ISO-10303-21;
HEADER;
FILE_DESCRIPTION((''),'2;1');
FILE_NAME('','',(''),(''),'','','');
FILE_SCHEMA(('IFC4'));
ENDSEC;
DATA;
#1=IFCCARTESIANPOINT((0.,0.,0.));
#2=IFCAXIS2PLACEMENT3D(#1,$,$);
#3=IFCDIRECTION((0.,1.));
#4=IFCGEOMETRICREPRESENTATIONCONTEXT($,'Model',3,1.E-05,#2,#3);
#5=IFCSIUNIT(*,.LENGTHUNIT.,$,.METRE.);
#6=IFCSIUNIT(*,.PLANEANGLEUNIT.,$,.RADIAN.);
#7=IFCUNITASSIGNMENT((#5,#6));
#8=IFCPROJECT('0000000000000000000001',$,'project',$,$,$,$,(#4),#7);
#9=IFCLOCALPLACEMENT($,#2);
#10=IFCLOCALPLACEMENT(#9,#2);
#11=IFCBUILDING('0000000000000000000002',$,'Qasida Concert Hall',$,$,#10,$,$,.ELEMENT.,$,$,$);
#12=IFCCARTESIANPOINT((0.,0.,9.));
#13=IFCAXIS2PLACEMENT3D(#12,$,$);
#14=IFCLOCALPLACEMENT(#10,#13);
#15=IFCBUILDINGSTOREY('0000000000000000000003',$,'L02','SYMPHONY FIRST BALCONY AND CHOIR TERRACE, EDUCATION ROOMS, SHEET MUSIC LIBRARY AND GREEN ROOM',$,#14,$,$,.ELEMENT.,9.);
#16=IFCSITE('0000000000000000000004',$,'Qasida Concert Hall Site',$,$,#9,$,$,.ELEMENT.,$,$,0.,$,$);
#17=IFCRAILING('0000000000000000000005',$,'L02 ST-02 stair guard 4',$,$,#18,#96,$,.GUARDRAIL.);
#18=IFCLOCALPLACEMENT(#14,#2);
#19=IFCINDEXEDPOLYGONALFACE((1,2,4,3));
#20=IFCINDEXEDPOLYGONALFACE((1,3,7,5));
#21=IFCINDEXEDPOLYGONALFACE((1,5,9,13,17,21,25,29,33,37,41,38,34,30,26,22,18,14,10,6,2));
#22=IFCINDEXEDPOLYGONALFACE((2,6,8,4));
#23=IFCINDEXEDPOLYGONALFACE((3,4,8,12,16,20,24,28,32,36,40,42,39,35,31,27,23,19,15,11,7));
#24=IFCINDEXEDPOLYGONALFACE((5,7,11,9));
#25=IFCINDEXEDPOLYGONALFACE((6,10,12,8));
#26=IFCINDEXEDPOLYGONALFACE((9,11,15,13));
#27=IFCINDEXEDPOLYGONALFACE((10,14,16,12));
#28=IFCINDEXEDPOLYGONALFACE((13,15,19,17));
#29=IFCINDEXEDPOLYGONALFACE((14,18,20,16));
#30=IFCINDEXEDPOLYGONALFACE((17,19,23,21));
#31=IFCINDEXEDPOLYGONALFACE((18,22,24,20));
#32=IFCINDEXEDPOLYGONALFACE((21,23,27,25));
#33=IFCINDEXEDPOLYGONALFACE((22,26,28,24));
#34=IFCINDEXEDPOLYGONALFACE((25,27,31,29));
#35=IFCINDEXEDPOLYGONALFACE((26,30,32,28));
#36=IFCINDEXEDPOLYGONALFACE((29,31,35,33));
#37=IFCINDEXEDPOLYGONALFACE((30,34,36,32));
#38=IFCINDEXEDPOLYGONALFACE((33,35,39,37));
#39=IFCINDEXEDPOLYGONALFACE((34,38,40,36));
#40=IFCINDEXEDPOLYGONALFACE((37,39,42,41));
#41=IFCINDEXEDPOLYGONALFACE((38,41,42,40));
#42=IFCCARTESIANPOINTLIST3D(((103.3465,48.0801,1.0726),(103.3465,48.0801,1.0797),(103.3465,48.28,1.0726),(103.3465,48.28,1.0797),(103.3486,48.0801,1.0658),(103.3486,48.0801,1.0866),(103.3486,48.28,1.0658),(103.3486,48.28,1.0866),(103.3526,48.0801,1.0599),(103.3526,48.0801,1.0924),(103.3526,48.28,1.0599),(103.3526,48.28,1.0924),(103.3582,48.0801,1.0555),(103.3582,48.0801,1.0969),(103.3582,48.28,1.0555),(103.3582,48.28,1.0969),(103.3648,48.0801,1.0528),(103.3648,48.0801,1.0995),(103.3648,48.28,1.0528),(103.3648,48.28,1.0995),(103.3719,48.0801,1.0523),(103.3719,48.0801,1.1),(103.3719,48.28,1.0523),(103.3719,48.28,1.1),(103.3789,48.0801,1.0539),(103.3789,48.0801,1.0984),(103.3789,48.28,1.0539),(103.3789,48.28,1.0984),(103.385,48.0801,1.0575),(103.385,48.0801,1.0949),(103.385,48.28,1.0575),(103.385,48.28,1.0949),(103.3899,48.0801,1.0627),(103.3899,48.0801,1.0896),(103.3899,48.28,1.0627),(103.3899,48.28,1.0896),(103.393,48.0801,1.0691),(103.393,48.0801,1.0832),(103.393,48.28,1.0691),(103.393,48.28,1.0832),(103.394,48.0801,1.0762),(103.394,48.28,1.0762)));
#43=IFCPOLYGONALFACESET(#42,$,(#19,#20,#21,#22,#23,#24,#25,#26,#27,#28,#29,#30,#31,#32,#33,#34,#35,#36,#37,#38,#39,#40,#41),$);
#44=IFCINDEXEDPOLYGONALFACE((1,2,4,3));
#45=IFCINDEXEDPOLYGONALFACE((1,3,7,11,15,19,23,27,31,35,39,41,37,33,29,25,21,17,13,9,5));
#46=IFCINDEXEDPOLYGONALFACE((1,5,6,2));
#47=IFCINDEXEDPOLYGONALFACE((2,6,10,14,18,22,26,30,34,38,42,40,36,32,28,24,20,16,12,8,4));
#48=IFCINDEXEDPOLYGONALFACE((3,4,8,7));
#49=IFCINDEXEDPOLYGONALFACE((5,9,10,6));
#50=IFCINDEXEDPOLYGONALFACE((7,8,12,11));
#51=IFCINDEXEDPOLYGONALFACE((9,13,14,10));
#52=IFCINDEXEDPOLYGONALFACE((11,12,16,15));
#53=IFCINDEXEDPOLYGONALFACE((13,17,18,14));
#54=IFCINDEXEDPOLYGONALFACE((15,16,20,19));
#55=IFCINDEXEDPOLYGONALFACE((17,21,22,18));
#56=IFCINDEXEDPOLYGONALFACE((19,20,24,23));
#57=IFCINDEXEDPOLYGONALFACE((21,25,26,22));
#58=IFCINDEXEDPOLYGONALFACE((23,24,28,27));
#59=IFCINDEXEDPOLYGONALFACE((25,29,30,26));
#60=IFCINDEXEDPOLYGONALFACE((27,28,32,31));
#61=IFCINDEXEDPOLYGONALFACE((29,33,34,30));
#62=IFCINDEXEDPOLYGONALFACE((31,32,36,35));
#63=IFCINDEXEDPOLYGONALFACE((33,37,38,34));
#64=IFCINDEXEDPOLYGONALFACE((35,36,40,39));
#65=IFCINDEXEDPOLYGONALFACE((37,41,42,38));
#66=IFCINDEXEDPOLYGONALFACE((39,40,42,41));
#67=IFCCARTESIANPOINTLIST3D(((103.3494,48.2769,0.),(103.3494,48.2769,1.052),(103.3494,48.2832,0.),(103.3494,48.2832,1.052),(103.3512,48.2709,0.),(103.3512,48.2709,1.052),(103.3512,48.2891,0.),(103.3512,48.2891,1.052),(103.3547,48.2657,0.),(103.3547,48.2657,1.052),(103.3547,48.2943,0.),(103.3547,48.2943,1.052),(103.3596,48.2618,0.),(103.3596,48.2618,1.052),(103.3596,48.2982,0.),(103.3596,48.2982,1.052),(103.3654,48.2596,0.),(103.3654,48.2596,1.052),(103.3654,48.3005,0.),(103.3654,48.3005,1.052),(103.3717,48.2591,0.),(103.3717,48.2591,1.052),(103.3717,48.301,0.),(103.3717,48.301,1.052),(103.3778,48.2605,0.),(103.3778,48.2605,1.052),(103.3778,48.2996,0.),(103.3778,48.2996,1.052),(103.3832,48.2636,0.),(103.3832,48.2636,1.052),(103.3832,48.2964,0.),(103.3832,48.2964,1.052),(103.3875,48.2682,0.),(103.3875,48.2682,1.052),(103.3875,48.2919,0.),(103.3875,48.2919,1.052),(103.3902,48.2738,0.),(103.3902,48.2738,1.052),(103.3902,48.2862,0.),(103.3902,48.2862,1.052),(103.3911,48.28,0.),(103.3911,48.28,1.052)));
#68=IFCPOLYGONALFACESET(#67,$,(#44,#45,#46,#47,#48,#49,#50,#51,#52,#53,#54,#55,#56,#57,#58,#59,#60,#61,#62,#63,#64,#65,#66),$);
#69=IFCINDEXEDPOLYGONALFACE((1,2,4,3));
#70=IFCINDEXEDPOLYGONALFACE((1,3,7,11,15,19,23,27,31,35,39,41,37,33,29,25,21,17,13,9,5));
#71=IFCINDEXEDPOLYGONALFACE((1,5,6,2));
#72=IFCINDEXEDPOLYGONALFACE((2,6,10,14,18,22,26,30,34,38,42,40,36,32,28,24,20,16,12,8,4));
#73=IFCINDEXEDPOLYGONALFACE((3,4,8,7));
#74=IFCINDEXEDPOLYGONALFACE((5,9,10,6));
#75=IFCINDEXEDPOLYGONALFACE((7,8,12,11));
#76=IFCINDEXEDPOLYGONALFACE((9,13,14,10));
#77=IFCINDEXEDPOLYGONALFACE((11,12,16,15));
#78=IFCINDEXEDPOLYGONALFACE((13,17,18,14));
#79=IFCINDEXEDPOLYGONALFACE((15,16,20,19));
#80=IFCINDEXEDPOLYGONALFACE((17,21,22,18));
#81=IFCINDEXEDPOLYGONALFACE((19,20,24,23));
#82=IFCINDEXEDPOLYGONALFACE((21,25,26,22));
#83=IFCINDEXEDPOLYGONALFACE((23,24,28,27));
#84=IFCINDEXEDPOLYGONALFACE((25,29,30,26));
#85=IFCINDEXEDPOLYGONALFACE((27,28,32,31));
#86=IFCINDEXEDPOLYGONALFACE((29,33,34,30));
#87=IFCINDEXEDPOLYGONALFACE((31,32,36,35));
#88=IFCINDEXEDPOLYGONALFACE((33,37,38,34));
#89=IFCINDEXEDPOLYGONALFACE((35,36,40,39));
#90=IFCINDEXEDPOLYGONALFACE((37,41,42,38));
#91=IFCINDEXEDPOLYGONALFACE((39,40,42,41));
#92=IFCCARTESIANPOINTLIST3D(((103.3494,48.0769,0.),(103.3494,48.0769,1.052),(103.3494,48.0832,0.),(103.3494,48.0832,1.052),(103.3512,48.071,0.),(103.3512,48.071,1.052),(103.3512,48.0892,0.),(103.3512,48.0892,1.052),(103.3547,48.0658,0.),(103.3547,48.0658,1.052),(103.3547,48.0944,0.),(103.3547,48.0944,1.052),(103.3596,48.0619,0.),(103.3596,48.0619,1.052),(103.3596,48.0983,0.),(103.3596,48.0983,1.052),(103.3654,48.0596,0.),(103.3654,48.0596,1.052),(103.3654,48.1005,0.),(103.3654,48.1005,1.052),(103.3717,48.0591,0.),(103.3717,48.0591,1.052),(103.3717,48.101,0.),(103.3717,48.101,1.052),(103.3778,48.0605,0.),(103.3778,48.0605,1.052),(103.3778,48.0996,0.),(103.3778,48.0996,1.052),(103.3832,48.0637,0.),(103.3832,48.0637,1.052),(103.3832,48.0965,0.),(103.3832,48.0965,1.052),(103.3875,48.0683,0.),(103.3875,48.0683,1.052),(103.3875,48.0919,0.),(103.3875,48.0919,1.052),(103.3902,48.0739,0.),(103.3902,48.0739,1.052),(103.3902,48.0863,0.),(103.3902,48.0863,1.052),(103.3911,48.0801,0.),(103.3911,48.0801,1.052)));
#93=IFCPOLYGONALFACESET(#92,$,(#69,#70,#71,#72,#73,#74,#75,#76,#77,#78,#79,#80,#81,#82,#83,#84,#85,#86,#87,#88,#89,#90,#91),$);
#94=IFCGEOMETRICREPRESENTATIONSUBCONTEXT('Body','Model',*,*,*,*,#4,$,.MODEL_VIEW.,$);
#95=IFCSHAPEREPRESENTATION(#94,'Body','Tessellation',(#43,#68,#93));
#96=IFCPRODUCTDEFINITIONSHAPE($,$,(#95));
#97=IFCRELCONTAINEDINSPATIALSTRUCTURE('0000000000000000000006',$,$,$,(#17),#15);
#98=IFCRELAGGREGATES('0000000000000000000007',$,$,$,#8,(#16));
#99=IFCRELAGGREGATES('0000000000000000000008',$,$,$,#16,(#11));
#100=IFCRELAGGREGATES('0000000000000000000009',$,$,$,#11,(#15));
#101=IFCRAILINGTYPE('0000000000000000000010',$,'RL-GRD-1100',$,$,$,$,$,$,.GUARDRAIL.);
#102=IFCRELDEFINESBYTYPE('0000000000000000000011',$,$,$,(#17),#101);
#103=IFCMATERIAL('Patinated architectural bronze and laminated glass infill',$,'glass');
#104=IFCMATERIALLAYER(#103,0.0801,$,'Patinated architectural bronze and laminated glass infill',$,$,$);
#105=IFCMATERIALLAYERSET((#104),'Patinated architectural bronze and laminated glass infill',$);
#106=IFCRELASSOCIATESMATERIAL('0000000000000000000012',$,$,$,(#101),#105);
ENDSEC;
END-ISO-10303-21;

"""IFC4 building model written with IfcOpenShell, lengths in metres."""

from ifc_helpers import new_model, si_unit, direction, frame, origin, origin_2d, place, context, subcontext, project, spatial, circle, extrude, material, layer, layer_set, type_object, element, save


model = new_model("IFC4")

# Units and contexts
model_context = context("Model", 3, precision=1e-05, world=origin(), true_north=direction((0.0, 1.0)))
body_context = subcontext(model_context, "Body", "Model", "MODEL_VIEW")
ifc_project = project(units=[si_unit("LENGTHUNIT", "METRE"), si_unit("PLANEANGLEUNIT", "RADIAN")], contexts=[model_context])

# Site, building, storey
site_placement = place(None, origin())
site = spatial("IfcSite", under=ifc_project, at=site_placement, Name="Qasida Concert Hall Site", CompositionType="ELEMENT", RefElevation=0.0)
building_placement = place(site_placement, origin())
building = spatial("IfcBuilding", under=site, at=building_placement, Name="Qasida Concert Hall", CompositionType="ELEMENT")
storey_placement = place(building_placement, frame((0.0, 0.0, 9.0)))
storey = spatial("IfcBuildingStorey", under=building, at=storey_placement, Name="L02", Description="SYMPHONY FIRST BALCONY AND CHOIR TERRACE, EDUCATION ROOMS, SHEET MUSIC LIBRARY AND GREEN ROOM", CompositionType="ELEMENT", Elevation=9.0)

# Railing
ifc_material_1 = material(Name="Patinated architectural bronze and laminated glass infill", Category="glass")
ifc_layer_1 = layer(ifc_material_1, 0.0801, Name="Patinated architectural bronze and laminated glass infill")
ifc_layer_set_1 = layer_set([ifc_layer_1], Name="Patinated architectural bronze and laminated glass infill")
railing_type_1 = type_object("IfcRailingType", Name="RL-GRD-1100", PredefinedType="GUARDRAIL", material=ifc_layer_set_1)
railing_1_placement = place(storey_placement, frame((103.3701, 48.28, 0.0)))
element("IfcRailing", 1, at=railing_1_placement, inside=storey, type_object=railing_type_1, Name="L02 ST-02 stair guard 4", PredefinedType="GUARDRAIL", context=body_context, shape_type="SweptSolid", body=[
    extrude(circle(Radius=0.0239, at=origin_2d()), frame((0.0, 0.0, 1.0762), z_axis=(0.0, -1.0, 0.0), x_axis=(1.0, 0.0, 0.0)), (0.0, 0.0, 1.0), 0.2),
    extrude(circle(Radius=0.021, at=origin_2d()), origin(), (0.0, 0.0, 1.0), 1.052),
    extrude(circle(Radius=0.021, at=origin_2d()), frame((0.0, -0.2, 0.0)), (0.0, 0.0, 1.0), 1.052),
])

save(model, "model.ifc")
